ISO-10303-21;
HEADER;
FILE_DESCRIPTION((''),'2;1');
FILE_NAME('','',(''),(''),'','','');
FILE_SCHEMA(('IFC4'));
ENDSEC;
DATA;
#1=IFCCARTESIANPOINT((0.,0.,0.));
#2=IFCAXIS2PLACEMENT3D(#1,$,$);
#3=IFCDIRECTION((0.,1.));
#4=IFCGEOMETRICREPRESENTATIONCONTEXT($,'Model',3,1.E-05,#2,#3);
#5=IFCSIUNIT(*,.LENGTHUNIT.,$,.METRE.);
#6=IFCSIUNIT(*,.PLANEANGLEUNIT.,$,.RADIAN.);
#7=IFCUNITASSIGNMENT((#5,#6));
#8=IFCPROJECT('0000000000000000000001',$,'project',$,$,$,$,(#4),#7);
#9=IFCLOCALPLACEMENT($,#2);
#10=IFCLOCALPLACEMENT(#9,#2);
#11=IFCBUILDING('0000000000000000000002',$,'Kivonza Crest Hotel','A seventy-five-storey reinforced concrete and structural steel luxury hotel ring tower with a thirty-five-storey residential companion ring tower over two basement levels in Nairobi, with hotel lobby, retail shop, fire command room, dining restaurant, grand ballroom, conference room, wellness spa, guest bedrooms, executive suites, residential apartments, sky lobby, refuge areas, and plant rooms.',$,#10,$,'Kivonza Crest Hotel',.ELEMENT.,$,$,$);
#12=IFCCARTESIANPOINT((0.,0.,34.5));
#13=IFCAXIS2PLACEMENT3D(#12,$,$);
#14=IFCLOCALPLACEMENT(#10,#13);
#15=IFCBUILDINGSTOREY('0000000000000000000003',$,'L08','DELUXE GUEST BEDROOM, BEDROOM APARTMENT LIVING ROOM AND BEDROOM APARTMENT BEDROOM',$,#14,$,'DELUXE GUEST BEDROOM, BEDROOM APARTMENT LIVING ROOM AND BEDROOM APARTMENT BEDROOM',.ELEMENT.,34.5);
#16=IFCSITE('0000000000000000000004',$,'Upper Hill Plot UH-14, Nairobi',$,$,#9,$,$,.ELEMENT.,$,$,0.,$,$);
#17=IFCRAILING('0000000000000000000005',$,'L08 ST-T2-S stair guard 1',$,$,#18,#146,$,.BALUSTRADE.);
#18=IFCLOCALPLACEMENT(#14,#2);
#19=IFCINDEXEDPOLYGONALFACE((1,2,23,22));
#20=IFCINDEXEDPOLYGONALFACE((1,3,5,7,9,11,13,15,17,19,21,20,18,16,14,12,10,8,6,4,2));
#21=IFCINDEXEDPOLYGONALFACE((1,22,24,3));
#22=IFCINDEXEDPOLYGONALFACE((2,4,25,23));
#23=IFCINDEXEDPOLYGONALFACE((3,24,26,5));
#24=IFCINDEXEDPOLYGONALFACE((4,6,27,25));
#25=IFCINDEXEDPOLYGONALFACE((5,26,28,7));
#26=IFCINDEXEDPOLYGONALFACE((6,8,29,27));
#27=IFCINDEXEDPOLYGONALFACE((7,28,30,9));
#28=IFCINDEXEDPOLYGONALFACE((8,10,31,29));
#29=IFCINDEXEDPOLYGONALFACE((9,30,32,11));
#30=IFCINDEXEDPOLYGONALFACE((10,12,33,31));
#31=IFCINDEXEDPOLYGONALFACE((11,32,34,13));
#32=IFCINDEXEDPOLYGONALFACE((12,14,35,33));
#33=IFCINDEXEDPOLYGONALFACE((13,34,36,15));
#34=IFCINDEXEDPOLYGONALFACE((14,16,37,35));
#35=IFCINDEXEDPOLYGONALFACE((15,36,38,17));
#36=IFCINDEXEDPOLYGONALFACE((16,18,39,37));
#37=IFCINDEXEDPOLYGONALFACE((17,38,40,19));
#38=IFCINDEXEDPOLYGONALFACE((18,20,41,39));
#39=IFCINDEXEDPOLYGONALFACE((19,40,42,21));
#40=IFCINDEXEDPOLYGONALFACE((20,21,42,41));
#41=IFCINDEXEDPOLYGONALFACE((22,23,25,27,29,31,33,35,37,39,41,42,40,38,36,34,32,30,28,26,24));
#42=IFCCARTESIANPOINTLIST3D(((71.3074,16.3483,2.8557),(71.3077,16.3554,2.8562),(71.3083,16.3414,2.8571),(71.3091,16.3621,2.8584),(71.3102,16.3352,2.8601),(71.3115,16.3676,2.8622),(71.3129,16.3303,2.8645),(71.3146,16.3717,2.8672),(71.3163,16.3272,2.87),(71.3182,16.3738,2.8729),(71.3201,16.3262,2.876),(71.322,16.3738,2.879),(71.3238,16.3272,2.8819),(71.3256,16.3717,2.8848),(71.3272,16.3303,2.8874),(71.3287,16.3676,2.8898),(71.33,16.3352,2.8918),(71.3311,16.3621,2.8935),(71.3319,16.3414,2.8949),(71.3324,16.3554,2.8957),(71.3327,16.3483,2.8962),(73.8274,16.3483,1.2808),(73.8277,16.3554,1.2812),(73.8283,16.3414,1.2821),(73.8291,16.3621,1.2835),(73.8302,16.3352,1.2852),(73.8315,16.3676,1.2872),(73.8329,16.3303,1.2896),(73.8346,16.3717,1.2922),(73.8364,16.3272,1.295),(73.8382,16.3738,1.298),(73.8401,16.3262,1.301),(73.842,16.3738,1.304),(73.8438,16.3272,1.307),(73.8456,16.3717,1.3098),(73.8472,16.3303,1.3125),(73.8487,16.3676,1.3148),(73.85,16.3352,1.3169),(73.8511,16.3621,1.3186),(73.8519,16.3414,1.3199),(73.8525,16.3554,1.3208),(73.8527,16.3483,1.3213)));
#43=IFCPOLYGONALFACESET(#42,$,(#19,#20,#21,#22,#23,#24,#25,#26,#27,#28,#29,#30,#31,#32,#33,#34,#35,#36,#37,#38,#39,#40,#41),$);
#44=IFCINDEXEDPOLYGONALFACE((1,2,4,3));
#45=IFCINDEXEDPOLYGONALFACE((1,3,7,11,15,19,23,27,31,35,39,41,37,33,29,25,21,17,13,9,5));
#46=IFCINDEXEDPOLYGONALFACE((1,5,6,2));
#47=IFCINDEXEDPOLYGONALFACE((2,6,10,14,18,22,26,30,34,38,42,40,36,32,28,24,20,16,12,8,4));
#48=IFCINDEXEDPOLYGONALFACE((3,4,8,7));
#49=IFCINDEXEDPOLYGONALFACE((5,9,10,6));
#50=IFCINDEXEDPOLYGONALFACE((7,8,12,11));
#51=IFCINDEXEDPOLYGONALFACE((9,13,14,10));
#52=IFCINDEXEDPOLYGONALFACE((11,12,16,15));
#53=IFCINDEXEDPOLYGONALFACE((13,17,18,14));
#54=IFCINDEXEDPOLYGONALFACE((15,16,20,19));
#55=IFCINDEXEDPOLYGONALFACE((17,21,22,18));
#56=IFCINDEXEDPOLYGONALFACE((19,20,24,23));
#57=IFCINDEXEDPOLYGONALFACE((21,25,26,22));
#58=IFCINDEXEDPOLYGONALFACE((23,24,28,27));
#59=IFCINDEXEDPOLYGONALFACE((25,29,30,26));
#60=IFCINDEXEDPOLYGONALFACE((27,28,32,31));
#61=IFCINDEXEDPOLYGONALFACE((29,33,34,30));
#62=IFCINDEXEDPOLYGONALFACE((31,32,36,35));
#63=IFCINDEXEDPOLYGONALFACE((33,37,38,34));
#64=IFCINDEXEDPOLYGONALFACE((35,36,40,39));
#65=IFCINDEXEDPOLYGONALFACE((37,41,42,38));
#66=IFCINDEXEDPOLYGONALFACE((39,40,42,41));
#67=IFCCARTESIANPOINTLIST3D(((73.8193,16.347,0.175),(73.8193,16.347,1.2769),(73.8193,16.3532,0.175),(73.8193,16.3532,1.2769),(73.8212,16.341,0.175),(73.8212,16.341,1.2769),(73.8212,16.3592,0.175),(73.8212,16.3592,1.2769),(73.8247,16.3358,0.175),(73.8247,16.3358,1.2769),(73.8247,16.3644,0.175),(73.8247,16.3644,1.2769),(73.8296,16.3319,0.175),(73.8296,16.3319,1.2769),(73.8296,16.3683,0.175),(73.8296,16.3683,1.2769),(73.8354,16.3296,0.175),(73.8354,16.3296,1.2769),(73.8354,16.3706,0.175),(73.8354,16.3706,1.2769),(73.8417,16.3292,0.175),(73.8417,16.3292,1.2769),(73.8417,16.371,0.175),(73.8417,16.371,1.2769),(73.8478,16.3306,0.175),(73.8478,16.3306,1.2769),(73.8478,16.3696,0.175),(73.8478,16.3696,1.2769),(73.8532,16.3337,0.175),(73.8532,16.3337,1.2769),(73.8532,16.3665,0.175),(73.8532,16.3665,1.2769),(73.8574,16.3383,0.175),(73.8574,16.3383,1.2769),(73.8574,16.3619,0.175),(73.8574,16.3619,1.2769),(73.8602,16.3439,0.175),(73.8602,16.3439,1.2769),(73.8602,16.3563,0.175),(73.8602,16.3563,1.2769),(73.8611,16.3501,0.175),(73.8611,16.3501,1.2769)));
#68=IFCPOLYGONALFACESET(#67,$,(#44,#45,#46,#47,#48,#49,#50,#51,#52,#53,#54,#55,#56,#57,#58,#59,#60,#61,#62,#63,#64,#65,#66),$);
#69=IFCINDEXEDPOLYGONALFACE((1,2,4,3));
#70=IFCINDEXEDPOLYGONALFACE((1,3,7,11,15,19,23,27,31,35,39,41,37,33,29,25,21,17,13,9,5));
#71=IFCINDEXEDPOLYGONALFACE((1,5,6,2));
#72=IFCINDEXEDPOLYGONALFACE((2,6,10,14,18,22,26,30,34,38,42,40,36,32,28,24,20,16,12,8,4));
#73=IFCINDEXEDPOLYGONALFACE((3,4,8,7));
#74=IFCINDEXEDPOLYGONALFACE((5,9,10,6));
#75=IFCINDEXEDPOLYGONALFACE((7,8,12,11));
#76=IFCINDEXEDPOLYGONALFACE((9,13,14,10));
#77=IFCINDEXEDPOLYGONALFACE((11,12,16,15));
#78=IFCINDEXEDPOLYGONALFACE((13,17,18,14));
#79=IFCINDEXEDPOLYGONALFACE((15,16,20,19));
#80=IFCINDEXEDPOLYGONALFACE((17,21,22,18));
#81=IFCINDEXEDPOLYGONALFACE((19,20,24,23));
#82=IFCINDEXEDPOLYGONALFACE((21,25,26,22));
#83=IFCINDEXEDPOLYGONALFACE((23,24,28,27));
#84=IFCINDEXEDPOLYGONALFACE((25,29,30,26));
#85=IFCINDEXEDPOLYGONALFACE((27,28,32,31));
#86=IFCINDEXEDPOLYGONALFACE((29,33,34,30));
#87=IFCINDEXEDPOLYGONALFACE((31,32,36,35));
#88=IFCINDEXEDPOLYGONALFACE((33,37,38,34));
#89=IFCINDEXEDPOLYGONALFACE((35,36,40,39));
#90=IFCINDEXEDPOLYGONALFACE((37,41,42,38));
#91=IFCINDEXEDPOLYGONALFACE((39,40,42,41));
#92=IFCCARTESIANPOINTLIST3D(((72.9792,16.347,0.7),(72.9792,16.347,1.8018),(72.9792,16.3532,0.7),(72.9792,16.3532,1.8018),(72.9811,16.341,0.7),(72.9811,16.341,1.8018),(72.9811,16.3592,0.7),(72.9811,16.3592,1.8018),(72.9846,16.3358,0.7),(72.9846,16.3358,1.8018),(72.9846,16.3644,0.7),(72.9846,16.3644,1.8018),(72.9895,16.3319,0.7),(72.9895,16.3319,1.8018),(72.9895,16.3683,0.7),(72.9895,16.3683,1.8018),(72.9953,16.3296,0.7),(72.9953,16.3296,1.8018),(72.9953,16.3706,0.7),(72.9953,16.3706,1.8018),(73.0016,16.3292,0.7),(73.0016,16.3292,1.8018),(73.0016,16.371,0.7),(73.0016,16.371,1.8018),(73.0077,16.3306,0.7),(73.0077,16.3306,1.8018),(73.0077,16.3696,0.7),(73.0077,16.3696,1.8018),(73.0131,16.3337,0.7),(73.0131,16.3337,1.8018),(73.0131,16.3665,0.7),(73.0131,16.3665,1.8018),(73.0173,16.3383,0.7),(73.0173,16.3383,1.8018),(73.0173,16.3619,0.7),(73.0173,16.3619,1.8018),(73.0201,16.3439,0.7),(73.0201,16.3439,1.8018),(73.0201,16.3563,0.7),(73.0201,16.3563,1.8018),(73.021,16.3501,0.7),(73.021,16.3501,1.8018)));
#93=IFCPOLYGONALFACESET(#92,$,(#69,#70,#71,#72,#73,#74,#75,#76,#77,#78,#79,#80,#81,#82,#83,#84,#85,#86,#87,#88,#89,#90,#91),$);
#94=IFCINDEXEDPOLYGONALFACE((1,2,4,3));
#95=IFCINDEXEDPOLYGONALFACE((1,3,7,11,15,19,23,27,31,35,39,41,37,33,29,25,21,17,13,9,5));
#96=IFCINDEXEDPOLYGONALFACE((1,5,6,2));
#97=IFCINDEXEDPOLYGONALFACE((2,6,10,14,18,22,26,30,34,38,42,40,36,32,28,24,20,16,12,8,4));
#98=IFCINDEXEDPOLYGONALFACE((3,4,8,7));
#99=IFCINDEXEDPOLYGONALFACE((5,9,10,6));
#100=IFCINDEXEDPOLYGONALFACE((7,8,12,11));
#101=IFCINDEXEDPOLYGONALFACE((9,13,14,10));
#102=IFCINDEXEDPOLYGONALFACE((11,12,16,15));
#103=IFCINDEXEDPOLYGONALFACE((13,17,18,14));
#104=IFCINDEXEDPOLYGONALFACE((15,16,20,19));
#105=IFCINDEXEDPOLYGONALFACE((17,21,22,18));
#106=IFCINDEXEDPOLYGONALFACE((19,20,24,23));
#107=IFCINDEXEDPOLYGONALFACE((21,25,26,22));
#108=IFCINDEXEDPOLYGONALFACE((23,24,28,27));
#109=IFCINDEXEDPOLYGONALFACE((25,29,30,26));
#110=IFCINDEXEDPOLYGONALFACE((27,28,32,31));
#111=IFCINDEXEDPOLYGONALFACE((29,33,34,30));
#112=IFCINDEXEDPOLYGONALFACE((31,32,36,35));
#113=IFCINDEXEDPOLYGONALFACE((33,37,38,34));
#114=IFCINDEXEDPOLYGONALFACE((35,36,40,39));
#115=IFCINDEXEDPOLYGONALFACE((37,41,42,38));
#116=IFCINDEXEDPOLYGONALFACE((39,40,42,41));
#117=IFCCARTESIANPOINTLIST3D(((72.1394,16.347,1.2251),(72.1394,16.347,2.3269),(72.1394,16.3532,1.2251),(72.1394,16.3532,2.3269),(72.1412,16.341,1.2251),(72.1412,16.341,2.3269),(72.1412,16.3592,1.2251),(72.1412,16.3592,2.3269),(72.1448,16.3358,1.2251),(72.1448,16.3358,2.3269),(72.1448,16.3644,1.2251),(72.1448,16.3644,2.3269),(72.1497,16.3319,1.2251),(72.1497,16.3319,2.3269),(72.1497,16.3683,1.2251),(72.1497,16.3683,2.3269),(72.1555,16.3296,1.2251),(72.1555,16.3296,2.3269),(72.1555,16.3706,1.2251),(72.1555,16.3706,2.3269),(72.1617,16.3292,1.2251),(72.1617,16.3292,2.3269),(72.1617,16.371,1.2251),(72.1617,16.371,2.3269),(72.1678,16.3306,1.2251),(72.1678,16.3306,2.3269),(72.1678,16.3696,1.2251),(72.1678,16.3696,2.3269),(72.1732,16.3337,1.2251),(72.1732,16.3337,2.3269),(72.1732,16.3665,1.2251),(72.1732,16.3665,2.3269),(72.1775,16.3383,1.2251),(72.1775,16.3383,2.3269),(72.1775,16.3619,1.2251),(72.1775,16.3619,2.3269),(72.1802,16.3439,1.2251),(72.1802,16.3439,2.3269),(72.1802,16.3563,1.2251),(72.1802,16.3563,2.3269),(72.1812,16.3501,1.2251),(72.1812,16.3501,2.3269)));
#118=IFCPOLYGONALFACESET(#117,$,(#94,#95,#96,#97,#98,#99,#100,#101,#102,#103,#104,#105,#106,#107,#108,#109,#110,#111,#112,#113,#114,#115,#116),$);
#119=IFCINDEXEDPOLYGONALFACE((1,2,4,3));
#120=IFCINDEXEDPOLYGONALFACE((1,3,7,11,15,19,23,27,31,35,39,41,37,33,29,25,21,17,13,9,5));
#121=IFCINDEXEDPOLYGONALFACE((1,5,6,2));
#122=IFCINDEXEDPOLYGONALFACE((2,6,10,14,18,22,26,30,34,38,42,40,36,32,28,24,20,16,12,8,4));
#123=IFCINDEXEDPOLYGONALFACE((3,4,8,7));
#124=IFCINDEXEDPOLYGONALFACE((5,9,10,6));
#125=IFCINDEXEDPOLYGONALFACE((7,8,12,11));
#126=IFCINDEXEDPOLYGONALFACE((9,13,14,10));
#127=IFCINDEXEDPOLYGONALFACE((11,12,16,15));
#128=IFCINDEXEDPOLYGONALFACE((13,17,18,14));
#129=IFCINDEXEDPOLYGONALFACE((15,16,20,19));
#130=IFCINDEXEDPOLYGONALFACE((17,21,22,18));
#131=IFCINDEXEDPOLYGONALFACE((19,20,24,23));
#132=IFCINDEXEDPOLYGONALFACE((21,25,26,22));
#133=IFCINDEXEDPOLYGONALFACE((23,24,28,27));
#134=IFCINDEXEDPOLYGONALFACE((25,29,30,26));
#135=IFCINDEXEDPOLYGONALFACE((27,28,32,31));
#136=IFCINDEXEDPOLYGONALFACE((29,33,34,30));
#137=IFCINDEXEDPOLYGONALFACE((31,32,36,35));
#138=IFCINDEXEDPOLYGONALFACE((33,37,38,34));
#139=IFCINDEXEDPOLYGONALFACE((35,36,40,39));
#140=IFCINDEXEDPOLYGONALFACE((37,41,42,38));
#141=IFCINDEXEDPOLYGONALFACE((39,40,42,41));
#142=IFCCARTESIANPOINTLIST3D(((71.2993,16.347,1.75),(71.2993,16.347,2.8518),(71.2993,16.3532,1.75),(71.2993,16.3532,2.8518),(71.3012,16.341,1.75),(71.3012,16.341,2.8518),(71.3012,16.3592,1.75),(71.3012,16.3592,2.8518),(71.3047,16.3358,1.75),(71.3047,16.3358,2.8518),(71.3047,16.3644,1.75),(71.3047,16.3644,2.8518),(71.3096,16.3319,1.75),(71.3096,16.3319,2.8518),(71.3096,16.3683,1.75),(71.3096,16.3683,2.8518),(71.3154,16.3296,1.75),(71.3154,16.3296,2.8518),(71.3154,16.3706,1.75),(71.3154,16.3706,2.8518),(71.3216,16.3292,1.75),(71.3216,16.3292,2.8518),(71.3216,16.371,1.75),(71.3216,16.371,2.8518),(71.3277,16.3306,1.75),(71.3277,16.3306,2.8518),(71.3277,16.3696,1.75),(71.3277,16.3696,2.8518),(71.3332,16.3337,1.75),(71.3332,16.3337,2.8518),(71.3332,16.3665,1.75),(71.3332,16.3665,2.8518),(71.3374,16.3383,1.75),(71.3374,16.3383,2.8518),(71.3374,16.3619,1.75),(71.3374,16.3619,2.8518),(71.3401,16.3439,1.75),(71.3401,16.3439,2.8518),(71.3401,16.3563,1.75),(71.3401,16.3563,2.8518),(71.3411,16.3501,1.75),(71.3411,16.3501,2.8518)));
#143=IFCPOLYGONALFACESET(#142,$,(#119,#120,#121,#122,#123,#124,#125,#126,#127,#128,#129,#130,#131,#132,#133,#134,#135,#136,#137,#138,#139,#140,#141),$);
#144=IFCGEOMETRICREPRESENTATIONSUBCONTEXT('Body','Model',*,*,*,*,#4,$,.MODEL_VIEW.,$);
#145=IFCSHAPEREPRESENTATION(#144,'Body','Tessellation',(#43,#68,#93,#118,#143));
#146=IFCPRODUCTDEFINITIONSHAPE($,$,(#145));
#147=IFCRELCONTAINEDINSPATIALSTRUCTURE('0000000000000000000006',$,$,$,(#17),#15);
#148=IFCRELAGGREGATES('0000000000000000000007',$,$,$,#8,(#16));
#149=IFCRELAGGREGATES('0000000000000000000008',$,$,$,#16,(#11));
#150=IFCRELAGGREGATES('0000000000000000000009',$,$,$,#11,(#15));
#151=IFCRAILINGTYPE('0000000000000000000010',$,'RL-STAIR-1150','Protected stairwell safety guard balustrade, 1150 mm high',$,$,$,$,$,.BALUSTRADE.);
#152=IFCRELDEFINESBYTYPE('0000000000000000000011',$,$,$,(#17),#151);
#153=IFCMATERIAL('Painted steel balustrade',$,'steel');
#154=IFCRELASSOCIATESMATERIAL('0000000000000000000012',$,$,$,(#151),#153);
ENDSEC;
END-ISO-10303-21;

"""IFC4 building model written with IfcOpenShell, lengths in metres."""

from ifc_helpers import new_model, si_unit, direction, frame, origin, origin_2d, place, context, subcontext, project, spatial, circle, extrude, material, type_object, element, save


model = new_model("IFC4")

# Units and contexts
model_context = context("Model", 3, precision=1e-05, world=origin(), true_north=direction((0.0, 1.0)))
body_context = subcontext(model_context, "Body", "Model", "MODEL_VIEW")
ifc_project = project(units=[si_unit("LENGTHUNIT", "METRE"), si_unit("PLANEANGLEUNIT", "RADIAN")], contexts=[model_context])

# Site, building, storey
site_placement = place(None, origin())
site = spatial("IfcSite", under=ifc_project, at=site_placement, Name="Upper Hill Plot UH-14, Nairobi", CompositionType="ELEMENT", RefElevation=0.0)
building_placement = place(site_placement, origin())
building = spatial("IfcBuilding", under=site, at=building_placement, Name="Kivonza Crest Hotel", Description="A seventy-five-storey reinforced concrete and structural steel luxury hotel ring tower with a thirty-five-storey residential companion ring tower over two basement levels in Nairobi, with hotel lobby, retail shop, fire command room, dining restaurant, grand ballroom, conference room, wellness spa, guest bedrooms, executive suites, residential apartments, sky lobby, refuge areas, and plant rooms.", LongName="Kivonza Crest Hotel", CompositionType="ELEMENT")
storey_placement = place(building_placement, frame((0.0, 0.0, 34.5)))
storey = spatial("IfcBuildingStorey", under=building, at=storey_placement, Name="L08", Description="DELUXE GUEST BEDROOM, BEDROOM APARTMENT LIVING ROOM AND BEDROOM APARTMENT BEDROOM", LongName="DELUXE GUEST BEDROOM, BEDROOM APARTMENT LIVING ROOM AND BEDROOM APARTMENT BEDROOM", CompositionType="ELEMENT", Elevation=34.5)

# Railing
ifc_material_1 = material(Name="Painted steel balustrade", Category="steel")
railing_type_1 = type_object("IfcRailingType", Name="RL-STAIR-1150", Description="Protected stairwell safety guard balustrade, 1150 mm high", PredefinedType="BALUSTRADE", material=ifc_material_1)
railing_1_placement = place(storey_placement, frame((73.8401, 16.3501, 0.175)))
element("IfcRailing", 1, at=railing_1_placement, inside=storey, type_object=railing_type_1, Name="L08 ST-T2-S stair guard 1", PredefinedType="BALUSTRADE", context=body_context, shape_type="SweptSolid", body=[
    extrude(circle(Radius=0.0239, at=origin_2d()), frame((0.0, 0.0, 1.126), z_axis=(-0.848008, 0.0, 0.529984), x_axis=(0.0, -1.0, 0.0)), (0.0, 0.0, 1.0), 2.9717),
    extrude(circle(Radius=0.021, at=origin_2d()), origin(), (0.0, 0.0, 1.0), 1.1018),
    extrude(circle(Radius=0.021, at=origin_2d()), frame((-0.8401, 0.0, 0.5249)), (0.0, 0.0, 1.0), 1.1018),
    extrude(circle(Radius=0.021, at=origin_2d()), frame((-1.6799, 0.0, 1.05)), (0.0, 0.0, 1.0), 1.1018),
    extrude(circle(Radius=0.021, at=origin_2d()), frame((-2.52, 0.0, 1.575)), (0.0, 0.0, 1.0), 1.1018),
])

save(model, "model.ifc")
